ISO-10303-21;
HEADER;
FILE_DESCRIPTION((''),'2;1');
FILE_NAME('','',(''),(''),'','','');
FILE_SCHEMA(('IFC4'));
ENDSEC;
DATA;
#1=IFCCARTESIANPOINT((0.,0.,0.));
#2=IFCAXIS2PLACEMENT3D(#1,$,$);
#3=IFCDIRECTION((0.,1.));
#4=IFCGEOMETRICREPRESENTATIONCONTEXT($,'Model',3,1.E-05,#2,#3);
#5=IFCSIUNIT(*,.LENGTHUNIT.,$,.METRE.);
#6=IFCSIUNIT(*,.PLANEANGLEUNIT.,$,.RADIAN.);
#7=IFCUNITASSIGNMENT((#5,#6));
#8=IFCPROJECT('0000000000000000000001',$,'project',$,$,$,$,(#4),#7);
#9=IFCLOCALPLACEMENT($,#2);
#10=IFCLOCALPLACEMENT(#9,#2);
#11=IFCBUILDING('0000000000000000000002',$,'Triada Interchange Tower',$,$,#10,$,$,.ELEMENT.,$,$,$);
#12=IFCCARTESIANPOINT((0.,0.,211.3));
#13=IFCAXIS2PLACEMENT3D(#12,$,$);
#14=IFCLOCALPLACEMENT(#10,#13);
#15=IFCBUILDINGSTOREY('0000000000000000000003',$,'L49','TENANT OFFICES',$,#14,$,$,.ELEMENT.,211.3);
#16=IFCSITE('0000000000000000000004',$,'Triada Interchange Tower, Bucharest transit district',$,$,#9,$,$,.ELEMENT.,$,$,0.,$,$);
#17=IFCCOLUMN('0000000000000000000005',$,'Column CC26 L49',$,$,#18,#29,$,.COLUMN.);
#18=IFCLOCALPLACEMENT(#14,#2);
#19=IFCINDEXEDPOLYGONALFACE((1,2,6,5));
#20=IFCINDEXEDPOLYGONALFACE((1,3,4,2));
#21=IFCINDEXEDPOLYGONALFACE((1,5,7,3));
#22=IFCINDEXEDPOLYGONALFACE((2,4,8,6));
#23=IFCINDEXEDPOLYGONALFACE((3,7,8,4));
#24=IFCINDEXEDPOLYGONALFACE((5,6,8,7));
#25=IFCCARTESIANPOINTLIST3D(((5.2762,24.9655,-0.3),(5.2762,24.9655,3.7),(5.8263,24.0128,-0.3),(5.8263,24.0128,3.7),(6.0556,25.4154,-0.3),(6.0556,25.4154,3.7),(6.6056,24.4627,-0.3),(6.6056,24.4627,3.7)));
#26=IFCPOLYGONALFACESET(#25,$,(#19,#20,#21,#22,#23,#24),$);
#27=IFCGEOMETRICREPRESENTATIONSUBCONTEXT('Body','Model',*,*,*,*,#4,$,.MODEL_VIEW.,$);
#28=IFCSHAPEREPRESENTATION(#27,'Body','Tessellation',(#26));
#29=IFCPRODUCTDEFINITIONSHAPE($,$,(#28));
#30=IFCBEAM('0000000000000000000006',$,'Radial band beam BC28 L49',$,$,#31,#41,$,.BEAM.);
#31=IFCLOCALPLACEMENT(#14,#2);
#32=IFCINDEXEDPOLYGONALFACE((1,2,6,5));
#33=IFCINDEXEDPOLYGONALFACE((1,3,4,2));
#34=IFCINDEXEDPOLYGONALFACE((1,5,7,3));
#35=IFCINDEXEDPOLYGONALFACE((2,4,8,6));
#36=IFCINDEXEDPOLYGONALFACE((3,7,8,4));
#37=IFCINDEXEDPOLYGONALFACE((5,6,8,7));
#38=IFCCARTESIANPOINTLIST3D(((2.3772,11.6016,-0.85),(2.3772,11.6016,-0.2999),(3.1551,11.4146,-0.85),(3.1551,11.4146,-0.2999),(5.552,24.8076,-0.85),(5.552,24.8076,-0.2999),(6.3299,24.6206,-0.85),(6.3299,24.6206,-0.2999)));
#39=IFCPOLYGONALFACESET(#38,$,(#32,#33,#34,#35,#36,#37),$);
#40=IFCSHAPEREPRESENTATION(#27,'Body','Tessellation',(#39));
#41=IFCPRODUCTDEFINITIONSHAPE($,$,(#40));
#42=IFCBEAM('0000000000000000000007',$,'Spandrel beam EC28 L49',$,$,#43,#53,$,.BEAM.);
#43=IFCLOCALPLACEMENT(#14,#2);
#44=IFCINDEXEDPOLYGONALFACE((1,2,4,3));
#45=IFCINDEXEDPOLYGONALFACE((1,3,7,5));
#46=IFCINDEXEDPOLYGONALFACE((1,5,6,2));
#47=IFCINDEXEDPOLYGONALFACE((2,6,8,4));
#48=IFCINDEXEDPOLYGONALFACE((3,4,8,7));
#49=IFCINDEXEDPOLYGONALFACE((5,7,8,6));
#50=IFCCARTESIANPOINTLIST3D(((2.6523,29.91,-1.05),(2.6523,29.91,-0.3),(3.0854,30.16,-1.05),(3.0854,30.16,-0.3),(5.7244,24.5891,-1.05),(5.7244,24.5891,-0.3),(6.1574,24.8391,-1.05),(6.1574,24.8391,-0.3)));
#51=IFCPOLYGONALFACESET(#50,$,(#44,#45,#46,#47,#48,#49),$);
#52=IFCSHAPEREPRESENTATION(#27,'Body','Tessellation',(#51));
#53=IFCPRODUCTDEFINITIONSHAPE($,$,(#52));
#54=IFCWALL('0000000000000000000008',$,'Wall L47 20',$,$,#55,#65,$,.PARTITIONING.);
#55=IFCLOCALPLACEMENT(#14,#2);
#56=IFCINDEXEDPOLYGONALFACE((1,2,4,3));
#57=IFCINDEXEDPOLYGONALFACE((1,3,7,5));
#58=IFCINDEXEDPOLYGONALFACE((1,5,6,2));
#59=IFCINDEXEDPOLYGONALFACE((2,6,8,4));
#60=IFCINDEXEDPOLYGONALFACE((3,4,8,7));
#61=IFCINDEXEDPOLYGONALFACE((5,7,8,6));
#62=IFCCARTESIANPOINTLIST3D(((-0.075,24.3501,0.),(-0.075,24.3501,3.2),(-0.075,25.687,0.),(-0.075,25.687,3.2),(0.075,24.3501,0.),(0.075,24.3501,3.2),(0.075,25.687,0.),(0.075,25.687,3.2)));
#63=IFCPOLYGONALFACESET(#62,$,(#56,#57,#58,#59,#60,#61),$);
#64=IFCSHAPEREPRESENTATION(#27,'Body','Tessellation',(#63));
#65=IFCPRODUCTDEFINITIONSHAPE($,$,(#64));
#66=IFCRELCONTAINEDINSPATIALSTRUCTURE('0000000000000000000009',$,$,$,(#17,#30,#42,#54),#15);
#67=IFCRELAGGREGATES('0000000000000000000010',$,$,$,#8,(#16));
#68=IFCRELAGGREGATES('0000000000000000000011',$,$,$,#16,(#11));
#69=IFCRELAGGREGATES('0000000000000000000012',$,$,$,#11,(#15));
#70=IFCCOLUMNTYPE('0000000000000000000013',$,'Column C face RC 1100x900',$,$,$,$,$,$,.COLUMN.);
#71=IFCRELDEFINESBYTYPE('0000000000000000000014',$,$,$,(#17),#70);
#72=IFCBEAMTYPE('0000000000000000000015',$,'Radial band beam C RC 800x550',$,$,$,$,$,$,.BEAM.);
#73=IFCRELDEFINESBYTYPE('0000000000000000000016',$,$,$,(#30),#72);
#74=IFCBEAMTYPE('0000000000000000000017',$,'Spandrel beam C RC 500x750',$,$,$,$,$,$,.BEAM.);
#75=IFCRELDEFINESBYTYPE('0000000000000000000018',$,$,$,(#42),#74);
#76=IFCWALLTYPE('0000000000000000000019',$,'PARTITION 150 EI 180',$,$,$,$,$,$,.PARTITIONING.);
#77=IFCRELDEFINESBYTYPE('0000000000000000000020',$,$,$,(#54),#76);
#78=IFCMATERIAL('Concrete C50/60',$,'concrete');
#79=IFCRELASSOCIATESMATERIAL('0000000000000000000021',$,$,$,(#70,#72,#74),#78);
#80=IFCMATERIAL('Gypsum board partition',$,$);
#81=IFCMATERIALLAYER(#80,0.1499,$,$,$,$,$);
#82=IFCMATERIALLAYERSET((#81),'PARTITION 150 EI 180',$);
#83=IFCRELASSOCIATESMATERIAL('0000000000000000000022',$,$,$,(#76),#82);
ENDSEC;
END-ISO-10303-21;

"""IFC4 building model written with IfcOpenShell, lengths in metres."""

from ifc_helpers import new_model, si_unit, direction, frame, frame_2d, origin, origin_2d, place, context, subcontext, project, spatial, rectangle, extrude, material, layer, layer_set, material_profile, profile_set, type_object, element, save


model = new_model("IFC4")

# Units and contexts
model_context = context("Model", 3, precision=1e-05, world=origin(), true_north=direction((0.0, 1.0)))
body_context = subcontext(model_context, "Body", "Model", "MODEL_VIEW")
ifc_project = project(units=[si_unit("LENGTHUNIT", "METRE"), si_unit("PLANEANGLEUNIT", "RADIAN")], contexts=[model_context])

# Site, building, storey
site_placement = place(None, origin())
site = spatial("IfcSite", under=ifc_project, at=site_placement, Name="Triada Interchange Tower, Bucharest transit district", CompositionType="ELEMENT", RefElevation=0.0)
building_placement = place(site_placement, origin())
building = spatial("IfcBuilding", under=site, at=building_placement, Name="Triada Interchange Tower", CompositionType="ELEMENT")
storey_placement = place(building_placement, frame((0.0, 0.0, 211.3)))
storey = spatial("IfcBuildingStorey", under=building, at=storey_placement, Name="L49", Description="TENANT OFFICES", CompositionType="ELEMENT", Elevation=211.3)

# Column
ifc_material_1 = material(Name="Concrete C50/60", Category="concrete")
ifc_material_profile_1 = material_profile(ifc_material_1, rectangle(XDim=1.1001, YDim=0.8999, at=origin_2d()), Name="RC 1100x900")
ifc_profile_set_1 = profile_set([ifc_material_profile_1], Name="Concrete C50/60")
column_type = type_object("IfcColumnType", Name="Column C face RC 1100x900", PredefinedType="COLUMN", material=ifc_profile_set_1)
column_placement = place(storey_placement, frame((5.9409, 24.7141, -0.3), z_axis=(0.0, 0.0, 1.0), x_axis=(-0.5, 0.866025, 0.0)))
element("IfcColumn", 1, at=column_placement, inside=storey, type_object=column_type, Name="Column CC26 L49", PredefinedType="COLUMN", context=body_context, shape_type="SweptSolid", body=[
    extrude(rectangle(XDim=1.1001, YDim=0.8999, at=origin_2d()), origin(), (0.0, 0.0, 1.0), 4.0),
])

# Beams
ifc_material_profile_2 = material_profile(ifc_material_1, rectangle(XDim=0.8, YDim=0.55, at=origin_2d()), Name="RC 800x550")
ifc_profile_set_2 = profile_set([ifc_material_profile_2], Name="Concrete C50/60")
beam_type_1 = type_object("IfcBeamType", Name="Radial band beam C RC 800x550", PredefinedType="BEAM", material=ifc_profile_set_2)
beam_1_placement = place(storey_placement, frame((5.9409, 24.7141, -0.575), z_axis=(-0.233745, -0.972298, 0.0), x_axis=(0.972298, -0.233745, 0.0)))
element("IfcBeam", 2, at=beam_1_placement, inside=storey, type_object=beam_type_1, Name="Radial band beam BC28 L49", PredefinedType="BEAM", context=body_context, shape_type="SweptSolid", body=[
    extrude(rectangle(XDim=0.8, YDim=0.55, at=origin_2d()), origin(), (0.0, 0.0, 1.0), 13.5823),
])
ifc_material_profile_3 = material_profile(ifc_material_1, rectangle(XDim=0.5, YDim=0.75, at=origin_2d()), Name="RC 500x750")
ifc_profile_set_3 = profile_set([ifc_material_profile_3], Name="Concrete C50/60")
beam_type_2 = type_object("IfcBeamType", Name="Spandrel beam C RC 500x750", PredefinedType="BEAM", material=ifc_profile_set_3)
beam_2_placement = place(storey_placement, frame((5.9409, 24.7141, -0.675), z_axis=(-0.500007, 0.866021, 0.0), x_axis=(-0.866021, -0.500007, 0.0)))
element("IfcBeam", 3, at=beam_2_placement, inside=storey, type_object=beam_type_2, Name="Spandrel beam EC28 L49", PredefinedType="BEAM", context=body_context, shape_type="SweptSolid", body=[
    extrude(rectangle(XDim=0.5, YDim=0.75, at=origin_2d()), origin(), (0.0, 0.0, 1.0), 6.144),
])

# Wall
ifc_material_2 = material(Name="Gypsum board partition")
ifc_layer_1 = layer(ifc_material_2, 0.1499)
ifc_layer_set_1 = layer_set([ifc_layer_1], Name="PARTITION 150 EI 180")
wall_type_1 = type_object("IfcWallType", Name="PARTITION 150 EI 180", PredefinedType="PARTITIONING", material=ifc_layer_set_1)
wall_1_placement = place(storey_placement, frame((0.0, 24.3501, 0.0), z_axis=(0.0, 0.0, 1.0), x_axis=(0.0, 1.0, 0.0)))
element("IfcWall", 4, at=wall_1_placement, inside=storey, type_object=wall_type_1, Name="Wall L47 20", PredefinedType="PARTITIONING", context=body_context, shape_type="SweptSolid", body=[
    extrude(rectangle(XDim=1.3369, YDim=0.1499, at=frame_2d((0.6685, 0.0))), origin(), (0.0, 0.0, 1.0), 3.2),
])

save(model, "model.ifc")
